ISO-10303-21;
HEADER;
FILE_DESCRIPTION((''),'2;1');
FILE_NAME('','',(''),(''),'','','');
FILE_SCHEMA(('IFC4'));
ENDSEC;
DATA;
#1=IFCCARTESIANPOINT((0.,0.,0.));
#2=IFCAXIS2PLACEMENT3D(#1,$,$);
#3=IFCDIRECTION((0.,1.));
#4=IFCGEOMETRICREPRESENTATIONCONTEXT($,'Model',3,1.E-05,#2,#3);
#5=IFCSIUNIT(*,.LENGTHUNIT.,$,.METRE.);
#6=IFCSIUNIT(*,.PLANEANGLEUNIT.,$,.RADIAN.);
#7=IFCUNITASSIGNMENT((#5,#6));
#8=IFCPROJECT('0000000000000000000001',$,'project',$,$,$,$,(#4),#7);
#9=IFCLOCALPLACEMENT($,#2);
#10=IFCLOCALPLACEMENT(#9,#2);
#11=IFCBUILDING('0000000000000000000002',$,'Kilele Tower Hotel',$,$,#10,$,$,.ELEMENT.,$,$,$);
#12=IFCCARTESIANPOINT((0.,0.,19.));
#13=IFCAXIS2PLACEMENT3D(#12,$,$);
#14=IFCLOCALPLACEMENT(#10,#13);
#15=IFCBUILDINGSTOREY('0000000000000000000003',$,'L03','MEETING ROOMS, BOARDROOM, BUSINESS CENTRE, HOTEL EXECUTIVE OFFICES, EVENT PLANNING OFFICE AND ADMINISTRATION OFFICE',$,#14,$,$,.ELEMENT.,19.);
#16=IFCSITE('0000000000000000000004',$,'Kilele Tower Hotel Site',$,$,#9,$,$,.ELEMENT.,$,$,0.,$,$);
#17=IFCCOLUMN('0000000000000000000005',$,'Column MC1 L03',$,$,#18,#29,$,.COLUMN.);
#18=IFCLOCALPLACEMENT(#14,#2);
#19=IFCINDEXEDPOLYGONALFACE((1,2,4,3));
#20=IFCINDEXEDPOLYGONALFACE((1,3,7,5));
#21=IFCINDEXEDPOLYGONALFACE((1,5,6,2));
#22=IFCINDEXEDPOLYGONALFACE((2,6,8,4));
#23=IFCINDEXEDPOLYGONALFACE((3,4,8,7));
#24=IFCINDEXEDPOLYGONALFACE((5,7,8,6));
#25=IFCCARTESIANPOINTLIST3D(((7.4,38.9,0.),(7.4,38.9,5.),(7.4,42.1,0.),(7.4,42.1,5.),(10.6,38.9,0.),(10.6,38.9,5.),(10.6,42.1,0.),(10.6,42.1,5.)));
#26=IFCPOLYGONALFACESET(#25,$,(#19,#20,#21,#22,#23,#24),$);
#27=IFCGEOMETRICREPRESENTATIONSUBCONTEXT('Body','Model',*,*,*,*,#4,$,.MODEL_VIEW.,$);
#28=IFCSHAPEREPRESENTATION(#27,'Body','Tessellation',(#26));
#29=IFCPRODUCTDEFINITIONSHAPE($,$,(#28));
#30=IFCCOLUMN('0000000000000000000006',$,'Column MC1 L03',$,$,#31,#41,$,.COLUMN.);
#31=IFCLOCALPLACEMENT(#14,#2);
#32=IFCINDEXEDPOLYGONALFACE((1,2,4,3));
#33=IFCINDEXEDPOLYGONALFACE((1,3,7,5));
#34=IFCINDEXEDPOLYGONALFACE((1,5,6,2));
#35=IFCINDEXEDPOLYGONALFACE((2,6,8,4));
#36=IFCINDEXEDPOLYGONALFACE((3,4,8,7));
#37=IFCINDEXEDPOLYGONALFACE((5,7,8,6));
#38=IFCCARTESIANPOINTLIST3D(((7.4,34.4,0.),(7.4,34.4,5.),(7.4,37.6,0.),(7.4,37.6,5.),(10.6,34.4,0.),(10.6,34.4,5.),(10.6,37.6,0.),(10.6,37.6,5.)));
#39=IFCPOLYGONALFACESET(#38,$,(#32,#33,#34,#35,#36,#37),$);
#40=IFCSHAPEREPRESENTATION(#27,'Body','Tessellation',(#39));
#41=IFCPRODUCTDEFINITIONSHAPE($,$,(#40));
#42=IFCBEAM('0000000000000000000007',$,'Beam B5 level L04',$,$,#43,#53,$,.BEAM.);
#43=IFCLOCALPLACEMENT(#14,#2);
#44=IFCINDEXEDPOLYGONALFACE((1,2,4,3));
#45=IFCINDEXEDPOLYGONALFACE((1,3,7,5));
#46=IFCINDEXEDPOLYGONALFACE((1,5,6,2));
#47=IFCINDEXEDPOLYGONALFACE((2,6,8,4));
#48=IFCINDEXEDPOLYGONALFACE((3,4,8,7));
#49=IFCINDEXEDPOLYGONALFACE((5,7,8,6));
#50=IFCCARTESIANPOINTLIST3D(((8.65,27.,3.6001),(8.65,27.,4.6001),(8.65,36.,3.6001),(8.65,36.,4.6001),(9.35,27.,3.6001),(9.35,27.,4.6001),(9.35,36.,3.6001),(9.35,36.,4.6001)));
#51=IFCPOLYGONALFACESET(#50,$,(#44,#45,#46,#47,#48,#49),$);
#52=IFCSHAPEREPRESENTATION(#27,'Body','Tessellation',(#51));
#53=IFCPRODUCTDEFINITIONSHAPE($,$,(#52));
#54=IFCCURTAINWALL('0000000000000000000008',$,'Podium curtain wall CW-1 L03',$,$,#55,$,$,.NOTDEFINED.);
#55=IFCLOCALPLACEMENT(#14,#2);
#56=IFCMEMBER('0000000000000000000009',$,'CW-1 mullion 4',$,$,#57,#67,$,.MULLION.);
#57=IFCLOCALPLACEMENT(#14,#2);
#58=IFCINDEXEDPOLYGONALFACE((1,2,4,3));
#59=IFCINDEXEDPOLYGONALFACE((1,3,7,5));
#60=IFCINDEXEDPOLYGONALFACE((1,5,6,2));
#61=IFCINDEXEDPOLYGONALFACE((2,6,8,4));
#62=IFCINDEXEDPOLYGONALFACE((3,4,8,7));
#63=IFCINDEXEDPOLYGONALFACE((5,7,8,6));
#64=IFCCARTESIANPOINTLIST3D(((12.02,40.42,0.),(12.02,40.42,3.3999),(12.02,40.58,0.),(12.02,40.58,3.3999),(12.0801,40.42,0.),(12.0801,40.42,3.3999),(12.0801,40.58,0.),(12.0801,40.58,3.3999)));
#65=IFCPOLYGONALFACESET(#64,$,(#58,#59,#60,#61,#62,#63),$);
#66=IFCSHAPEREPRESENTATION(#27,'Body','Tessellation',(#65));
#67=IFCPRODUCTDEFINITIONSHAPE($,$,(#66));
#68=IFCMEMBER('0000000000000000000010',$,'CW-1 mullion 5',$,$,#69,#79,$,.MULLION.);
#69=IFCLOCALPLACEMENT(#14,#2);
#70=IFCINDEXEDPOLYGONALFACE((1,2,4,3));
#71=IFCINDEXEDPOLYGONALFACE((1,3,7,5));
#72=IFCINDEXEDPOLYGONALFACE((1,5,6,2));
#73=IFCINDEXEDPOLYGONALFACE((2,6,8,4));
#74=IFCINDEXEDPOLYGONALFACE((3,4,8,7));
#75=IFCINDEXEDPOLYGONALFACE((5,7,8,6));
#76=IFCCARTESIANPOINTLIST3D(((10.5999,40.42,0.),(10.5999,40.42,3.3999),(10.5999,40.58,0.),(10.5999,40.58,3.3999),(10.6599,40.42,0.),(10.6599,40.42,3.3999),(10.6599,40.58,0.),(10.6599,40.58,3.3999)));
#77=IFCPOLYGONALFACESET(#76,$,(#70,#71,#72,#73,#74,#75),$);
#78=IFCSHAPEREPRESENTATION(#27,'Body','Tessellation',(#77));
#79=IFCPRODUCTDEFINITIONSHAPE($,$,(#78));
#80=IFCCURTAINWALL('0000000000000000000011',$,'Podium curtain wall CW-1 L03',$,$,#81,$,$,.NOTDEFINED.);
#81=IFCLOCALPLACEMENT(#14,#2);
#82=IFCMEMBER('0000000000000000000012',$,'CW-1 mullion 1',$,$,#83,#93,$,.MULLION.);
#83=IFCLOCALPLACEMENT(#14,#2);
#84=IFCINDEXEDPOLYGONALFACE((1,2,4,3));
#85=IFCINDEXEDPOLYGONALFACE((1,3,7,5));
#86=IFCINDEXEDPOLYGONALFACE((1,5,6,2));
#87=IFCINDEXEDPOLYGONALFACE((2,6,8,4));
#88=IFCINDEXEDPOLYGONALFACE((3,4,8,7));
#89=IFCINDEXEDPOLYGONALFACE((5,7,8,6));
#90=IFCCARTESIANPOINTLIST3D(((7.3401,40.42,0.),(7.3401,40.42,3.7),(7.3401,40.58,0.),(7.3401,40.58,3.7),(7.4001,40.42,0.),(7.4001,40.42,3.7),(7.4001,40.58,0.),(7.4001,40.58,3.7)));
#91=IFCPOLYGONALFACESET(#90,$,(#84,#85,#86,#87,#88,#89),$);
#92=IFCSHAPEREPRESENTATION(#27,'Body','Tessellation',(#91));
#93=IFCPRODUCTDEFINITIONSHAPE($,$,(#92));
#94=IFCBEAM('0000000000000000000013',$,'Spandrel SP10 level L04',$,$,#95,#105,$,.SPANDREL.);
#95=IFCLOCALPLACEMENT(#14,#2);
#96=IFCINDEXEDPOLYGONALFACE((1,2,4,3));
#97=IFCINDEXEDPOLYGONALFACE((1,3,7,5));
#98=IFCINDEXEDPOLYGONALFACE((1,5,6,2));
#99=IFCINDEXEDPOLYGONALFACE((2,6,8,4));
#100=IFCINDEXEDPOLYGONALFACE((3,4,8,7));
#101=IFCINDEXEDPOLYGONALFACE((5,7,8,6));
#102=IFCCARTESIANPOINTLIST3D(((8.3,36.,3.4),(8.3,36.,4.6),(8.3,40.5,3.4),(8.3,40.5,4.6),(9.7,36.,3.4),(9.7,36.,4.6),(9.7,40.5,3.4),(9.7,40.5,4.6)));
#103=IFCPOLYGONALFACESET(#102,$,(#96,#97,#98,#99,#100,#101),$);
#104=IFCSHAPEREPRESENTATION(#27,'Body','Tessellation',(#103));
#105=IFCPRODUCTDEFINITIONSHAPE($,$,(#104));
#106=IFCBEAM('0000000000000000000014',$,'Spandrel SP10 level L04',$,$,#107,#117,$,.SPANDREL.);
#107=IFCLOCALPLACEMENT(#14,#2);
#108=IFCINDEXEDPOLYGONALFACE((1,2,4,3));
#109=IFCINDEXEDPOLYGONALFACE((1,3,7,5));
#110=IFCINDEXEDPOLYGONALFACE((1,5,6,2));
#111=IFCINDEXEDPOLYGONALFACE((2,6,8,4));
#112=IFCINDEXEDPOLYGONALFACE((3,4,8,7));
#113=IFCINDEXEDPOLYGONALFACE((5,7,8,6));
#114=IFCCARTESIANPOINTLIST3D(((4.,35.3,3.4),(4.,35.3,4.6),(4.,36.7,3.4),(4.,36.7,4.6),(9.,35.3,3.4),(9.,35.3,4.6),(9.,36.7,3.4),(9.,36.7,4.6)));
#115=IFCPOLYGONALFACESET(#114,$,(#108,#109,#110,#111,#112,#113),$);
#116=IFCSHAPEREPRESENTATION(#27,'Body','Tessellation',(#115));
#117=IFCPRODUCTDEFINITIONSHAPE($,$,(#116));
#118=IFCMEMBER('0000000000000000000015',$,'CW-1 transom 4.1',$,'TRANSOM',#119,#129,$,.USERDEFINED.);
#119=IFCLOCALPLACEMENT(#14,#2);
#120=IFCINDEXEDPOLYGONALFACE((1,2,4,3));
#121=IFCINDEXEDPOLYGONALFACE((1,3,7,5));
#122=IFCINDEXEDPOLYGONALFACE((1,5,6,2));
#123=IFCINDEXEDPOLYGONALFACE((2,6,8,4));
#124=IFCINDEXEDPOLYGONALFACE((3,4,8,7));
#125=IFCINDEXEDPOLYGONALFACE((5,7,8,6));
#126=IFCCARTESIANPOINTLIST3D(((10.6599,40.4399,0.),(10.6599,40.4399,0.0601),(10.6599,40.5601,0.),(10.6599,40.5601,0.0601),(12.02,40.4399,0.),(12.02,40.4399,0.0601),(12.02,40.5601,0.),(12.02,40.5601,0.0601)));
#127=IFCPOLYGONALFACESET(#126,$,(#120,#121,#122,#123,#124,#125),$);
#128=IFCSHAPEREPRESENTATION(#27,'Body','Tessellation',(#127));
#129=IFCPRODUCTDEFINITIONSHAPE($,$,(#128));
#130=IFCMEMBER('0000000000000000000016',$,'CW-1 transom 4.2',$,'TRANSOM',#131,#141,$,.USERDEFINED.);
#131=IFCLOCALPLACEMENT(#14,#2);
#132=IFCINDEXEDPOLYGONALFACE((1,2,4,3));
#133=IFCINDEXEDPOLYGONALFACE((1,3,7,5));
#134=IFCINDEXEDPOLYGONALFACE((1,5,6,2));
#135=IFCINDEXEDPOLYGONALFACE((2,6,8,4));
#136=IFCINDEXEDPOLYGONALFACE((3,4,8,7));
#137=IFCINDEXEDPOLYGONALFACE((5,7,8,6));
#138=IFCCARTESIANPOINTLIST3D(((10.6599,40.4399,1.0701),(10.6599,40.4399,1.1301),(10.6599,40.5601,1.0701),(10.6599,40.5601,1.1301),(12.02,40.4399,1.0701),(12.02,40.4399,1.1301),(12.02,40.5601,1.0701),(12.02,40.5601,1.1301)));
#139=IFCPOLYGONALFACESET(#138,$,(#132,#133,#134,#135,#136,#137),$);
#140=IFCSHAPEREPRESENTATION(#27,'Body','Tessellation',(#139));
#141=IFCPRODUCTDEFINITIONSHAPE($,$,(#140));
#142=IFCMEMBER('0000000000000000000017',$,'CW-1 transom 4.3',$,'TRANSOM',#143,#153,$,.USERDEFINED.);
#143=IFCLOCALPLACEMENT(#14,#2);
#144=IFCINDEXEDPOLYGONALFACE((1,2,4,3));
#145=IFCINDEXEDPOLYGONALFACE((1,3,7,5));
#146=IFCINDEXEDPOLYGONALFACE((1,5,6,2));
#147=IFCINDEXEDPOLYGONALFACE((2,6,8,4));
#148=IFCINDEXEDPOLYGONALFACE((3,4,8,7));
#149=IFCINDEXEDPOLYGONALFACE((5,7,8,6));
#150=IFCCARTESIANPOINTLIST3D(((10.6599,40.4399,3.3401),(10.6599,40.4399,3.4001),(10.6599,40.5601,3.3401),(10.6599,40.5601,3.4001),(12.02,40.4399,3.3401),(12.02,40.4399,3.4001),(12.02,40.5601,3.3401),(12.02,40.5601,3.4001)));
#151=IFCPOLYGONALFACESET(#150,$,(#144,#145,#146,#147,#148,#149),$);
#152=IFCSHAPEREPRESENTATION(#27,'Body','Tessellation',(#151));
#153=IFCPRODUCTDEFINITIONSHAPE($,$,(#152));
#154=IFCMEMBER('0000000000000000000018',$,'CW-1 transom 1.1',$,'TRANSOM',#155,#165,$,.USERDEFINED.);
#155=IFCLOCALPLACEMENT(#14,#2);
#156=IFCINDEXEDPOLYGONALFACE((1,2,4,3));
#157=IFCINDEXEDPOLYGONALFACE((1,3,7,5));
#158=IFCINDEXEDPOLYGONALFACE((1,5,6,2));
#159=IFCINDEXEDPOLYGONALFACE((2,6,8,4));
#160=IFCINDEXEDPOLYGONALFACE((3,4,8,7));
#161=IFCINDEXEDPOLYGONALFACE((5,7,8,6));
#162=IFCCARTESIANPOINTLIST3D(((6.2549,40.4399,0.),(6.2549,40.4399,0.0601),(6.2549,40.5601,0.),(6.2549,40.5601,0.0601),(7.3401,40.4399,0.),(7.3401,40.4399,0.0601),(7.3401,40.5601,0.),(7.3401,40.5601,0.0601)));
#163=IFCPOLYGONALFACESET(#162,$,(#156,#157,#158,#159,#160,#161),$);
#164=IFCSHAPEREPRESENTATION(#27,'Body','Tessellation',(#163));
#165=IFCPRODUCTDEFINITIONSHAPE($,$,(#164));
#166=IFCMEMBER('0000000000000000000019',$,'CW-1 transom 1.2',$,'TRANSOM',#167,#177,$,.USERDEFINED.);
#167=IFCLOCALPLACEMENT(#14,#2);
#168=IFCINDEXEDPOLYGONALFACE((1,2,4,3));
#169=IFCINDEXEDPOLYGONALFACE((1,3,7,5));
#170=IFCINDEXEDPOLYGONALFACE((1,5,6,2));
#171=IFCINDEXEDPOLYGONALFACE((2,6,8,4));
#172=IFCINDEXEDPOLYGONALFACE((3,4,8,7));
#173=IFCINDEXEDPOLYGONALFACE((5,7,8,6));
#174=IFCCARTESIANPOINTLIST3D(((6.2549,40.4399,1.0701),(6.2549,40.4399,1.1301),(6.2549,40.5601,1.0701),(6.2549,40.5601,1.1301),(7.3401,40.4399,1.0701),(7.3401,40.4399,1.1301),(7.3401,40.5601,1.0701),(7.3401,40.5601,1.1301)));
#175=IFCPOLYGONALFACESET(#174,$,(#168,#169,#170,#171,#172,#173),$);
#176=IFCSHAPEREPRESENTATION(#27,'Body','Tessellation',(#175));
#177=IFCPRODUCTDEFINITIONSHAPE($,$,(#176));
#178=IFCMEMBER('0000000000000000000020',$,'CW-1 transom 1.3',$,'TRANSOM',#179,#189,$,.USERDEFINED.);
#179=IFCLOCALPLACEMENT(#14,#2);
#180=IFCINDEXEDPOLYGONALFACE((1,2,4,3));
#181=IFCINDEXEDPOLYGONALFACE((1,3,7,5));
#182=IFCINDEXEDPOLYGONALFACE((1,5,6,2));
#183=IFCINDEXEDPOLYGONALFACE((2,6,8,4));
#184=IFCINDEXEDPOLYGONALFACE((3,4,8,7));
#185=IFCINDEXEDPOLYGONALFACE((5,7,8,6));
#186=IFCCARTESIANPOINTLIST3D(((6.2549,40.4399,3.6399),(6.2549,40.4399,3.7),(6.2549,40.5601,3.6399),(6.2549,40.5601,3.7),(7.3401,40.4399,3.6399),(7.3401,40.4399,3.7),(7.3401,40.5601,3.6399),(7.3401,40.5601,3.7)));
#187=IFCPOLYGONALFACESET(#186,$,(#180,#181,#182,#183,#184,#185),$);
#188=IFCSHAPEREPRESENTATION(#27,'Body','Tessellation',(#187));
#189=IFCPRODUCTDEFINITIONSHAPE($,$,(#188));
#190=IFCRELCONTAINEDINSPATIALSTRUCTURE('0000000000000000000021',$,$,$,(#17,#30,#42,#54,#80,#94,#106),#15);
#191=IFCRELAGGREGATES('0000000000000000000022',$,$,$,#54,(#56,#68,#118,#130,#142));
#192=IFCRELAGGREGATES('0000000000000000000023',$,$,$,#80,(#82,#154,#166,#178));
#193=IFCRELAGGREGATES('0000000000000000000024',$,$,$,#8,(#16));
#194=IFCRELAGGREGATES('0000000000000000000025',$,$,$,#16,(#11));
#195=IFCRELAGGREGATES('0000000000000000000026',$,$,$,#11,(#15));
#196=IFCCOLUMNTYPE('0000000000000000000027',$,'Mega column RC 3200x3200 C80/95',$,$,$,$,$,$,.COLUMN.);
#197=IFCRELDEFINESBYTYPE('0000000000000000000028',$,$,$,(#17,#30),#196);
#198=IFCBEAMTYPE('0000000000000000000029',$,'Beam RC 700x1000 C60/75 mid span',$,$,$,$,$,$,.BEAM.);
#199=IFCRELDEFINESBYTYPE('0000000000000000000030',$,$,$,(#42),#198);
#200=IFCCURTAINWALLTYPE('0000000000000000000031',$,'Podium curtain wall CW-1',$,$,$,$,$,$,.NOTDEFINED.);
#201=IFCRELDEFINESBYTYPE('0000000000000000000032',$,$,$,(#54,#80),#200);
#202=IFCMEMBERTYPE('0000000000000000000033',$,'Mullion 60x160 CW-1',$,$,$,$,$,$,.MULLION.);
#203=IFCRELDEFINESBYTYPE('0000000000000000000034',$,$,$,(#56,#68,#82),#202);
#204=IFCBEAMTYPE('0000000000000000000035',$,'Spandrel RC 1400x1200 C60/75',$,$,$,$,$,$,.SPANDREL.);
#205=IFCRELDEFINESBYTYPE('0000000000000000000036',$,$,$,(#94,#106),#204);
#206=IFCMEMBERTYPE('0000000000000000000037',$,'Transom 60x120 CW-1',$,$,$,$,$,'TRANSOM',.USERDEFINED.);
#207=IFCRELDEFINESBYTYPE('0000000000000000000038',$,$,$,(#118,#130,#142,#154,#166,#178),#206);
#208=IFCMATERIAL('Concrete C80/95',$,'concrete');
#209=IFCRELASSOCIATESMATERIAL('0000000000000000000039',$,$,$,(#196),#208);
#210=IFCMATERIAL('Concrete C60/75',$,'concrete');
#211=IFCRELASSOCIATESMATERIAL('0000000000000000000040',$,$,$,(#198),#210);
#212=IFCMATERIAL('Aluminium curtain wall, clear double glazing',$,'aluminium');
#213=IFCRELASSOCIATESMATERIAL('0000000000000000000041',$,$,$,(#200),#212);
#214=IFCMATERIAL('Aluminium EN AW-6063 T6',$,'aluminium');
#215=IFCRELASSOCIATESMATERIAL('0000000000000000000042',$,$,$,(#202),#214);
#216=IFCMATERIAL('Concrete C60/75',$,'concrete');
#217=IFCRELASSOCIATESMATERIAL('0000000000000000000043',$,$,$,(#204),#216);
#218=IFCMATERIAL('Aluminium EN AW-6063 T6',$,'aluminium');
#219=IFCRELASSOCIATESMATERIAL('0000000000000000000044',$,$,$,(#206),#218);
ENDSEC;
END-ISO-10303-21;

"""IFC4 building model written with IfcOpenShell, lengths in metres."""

from ifc_helpers import new_model, si_unit, direction, frame, origin, origin_2d, place, context, subcontext, project, spatial, rectangle, extrude, material, material_profile, profile_set, type_object, element, aggregate, save


model = new_model("IFC4")

# Units and contexts
model_context = context("Model", 3, precision=1e-05, world=origin(), true_north=direction((0.0, 1.0)))
body_context = subcontext(model_context, "Body", "Model", "MODEL_VIEW")
ifc_project = project(units=[si_unit("LENGTHUNIT", "METRE"), si_unit("PLANEANGLEUNIT", "RADIAN")], contexts=[model_context])

# Site, building, storey
site_placement = place(None, origin())
site = spatial("IfcSite", under=ifc_project, at=site_placement, Name="Kilele Tower Hotel Site", CompositionType="ELEMENT", RefElevation=0.0)
building_placement = place(site_placement, origin())
building = spatial("IfcBuilding", under=site, at=building_placement, Name="Kilele Tower Hotel", CompositionType="ELEMENT")
storey_placement = place(building_placement, frame((0.0, 0.0, 19.0)))
storey = spatial("IfcBuildingStorey", under=building, at=storey_placement, Name="L03", Description="MEETING ROOMS, BOARDROOM, BUSINESS CENTRE, HOTEL EXECUTIVE OFFICES, EVENT PLANNING OFFICE AND ADMINISTRATION OFFICE", CompositionType="ELEMENT", Elevation=19.0)

# Columns
ifc_material_1 = material(Name="Concrete C80/95", Category="concrete")
ifc_material_profile_1 = material_profile(ifc_material_1, rectangle(XDim=3.2, YDim=3.2, at=origin_2d()))
ifc_profile_set_1 = profile_set([ifc_material_profile_1], Name="Concrete C80/95")
column_type = type_object("IfcColumnType", Name="Mega column RC 3200x3200 C80/95", PredefinedType="COLUMN", material=ifc_profile_set_1)
for number, where, z_axis, x_axis, name in (
    (1, (9.0, 40.5, 0.0), (0.0, 0.0, 1.0), (1.0, 0.0, 0.0), "Column MC1 L03"),
    (2, (9.0, 36.0, 0.0), (0.0, 0.0, 1.0), (1.0, 0.0, 0.0), "Column MC1 L03"),
):
    element("IfcColumn", number, at=place(storey_placement, frame(where, z_axis=z_axis, x_axis=x_axis)), inside=storey, type_object=column_type, Name=name, PredefinedType="COLUMN", context=body_context, shape_type="SweptSolid", body=[
        extrude(rectangle(XDim=3.2, YDim=3.2, at=origin_2d()), origin(), (0.0, 0.0, 1.0), 5.0),
    ])

# Beam
ifc_material_2 = material(Name="Concrete C60/75", Category="concrete")
ifc_material_profile_2 = material_profile(ifc_material_2, rectangle(XDim=0.7, YDim=1.0, at=origin_2d()))
ifc_profile_set_2 = profile_set([ifc_material_profile_2], Name="Concrete C60/75")
beam_type_1 = type_object("IfcBeamType", Name="Beam RC 700x1000 C60/75 mid span", PredefinedType="BEAM", material=ifc_profile_set_2)
beam_1_placement = place(storey_placement, frame((9.0, 36.0, 4.1001), z_axis=(0.0, -1.0, 0.0), x_axis=(1.0, 0.0, 0.0)))
element("IfcBeam", 3, at=beam_1_placement, inside=storey, type_object=beam_type_1, Name="Beam B5 level L04", PredefinedType="BEAM", context=body_context, shape_type="SweptSolid", body=[
    extrude(rectangle(XDim=0.7, YDim=1.0, at=origin_2d()), origin(), (0.0, 0.0, 1.0), 9.0),
])

# Curtain wall, members
ifc_material_3 = material(Name="Aluminium curtain wall, clear double glazing", Category="aluminium")
curtain_wall_type = type_object("IfcCurtainWallType", Name="Podium curtain wall CW-1", PredefinedType="NOTDEFINED", material=ifc_material_3)
curtain_wall_1_placement = place(storey_placement, origin())
curtain_wall_1 = element("IfcCurtainWall", 4, at=curtain_wall_1_placement, inside=storey, type_object=curtain_wall_type, Name="Podium curtain wall CW-1 L03", PredefinedType="NOTDEFINED")
ifc_material_4 = material(Name="Aluminium EN AW-6063 T6", Category="aluminium")
ifc_material_profile_3 = material_profile(ifc_material_4, rectangle(XDim=0.1599, YDim=0.0601, at=origin_2d()))
ifc_profile_set_3 = profile_set([ifc_material_profile_3], Name="Aluminium EN AW-6063 T6")
member_type_1 = type_object("IfcMemberType", Name="Mullion 60x160 CW-1", PredefinedType="MULLION", material=ifc_profile_set_3)
member_1_placement = place(storey_placement, frame((12.05, 40.5, 0.0), z_axis=(0.0, 0.0, 1.0), x_axis=(0.0, -1.0, 0.0)))
member_1 = element("IfcMember", 5, at=member_1_placement, type_object=member_type_1, Name="CW-1 mullion 4", PredefinedType="MULLION", context=body_context, shape_type="SweptSolid", body=[
    extrude(rectangle(XDim=0.1599, YDim=0.0601, at=origin_2d()), origin(), (0.0, 0.0, 1.0), 3.3999),
])
member_2_placement = place(storey_placement, frame((10.6299, 40.5, 0.0), z_axis=(0.0, 0.0, 1.0), x_axis=(0.0, -1.0, 0.0)))
member_2 = element("IfcMember", 6, at=member_2_placement, type_object=member_type_1, Name="CW-1 mullion 5", PredefinedType="MULLION", context=body_context, shape_type="SweptSolid", body=[
    extrude(rectangle(XDim=0.1599, YDim=0.0601, at=origin_2d()), origin(), (0.0, 0.0, 1.0), 3.3999),
])

# Curtain wall, member
curtain_wall_2_placement = place(storey_placement, origin())
curtain_wall_2 = element("IfcCurtainWall", 7, at=curtain_wall_2_placement, inside=storey, type_object=curtain_wall_type, Name="Podium curtain wall CW-1 L03", PredefinedType="NOTDEFINED")
member_3_placement = place(storey_placement, frame((7.3701, 40.5, 0.0), z_axis=(0.0, 0.0, 1.0), x_axis=(0.0, -1.0, 0.0)))
member_3 = element("IfcMember", 8, at=member_3_placement, type_object=member_type_1, Name="CW-1 mullion 1", PredefinedType="MULLION", context=body_context, shape_type="SweptSolid", body=[
    extrude(rectangle(XDim=0.1599, YDim=0.0601, at=origin_2d()), origin(), (0.0, 0.0, 1.0), 3.7),
])

# Beams
ifc_material_5 = material(Name="Concrete C60/75", Category="concrete")
ifc_material_profile_4 = material_profile(ifc_material_5, rectangle(XDim=1.3999, YDim=1.2, at=origin_2d()))
ifc_profile_set_4 = profile_set([ifc_material_profile_4], Name="Concrete C60/75")
beam_type_2 = type_object("IfcBeamType", Name="Spandrel RC 1400x1200 C60/75", PredefinedType="SPANDREL", material=ifc_profile_set_4)
beam_2_placement = place(storey_placement, frame((9.0, 40.5, 4.0), z_axis=(0.0, -1.0, 0.0), x_axis=(1.0, 0.0, 0.0)))
element("IfcBeam", 9, at=beam_2_placement, inside=storey, type_object=beam_type_2, Name="Spandrel SP10 level L04", PredefinedType="SPANDREL", context=body_context, shape_type="SweptSolid", body=[
    extrude(rectangle(XDim=1.3999, YDim=1.2, at=origin_2d()), origin(), (0.0, 0.0, 1.0), 4.5),
])
beam_3_placement = place(storey_placement, frame((9.0, 36.0, 4.0), z_axis=(-1.0, 0.0, 0.0), x_axis=(0.0, -1.0, 0.0)))
element("IfcBeam", 10, at=beam_3_placement, inside=storey, type_object=beam_type_2, Name="Spandrel SP10 level L04", PredefinedType="SPANDREL", context=body_context, shape_type="SweptSolid", body=[
    extrude(rectangle(XDim=1.3999, YDim=1.2, at=origin_2d()), origin(), (0.0, 0.0, 1.0), 5.0),
])

# Members
ifc_material_6 = material(Name="Aluminium EN AW-6063 T6", Category="aluminium")
ifc_material_profile_5 = material_profile(ifc_material_6, rectangle(XDim=0.1201, YDim=0.0601, at=origin_2d()))
ifc_profile_set_5 = profile_set([ifc_material_profile_5], Name="Aluminium EN AW-6063 T6")
member_type_2 = type_object("IfcMemberType", Name="Transom 60x120 CW-1", ElementType="TRANSOM", PredefinedType="USERDEFINED", material=ifc_profile_set_5)
member_4_placement = place(storey_placement, frame((12.02, 40.5, 0.03), z_axis=(-1.0, 0.0, 0.0), x_axis=(0.0, -1.0, 0.0)))
member_4 = element("IfcMember", 11, at=member_4_placement, type_object=member_type_2, Name="CW-1 transom 4.1", ObjectType="TRANSOM", PredefinedType="USERDEFINED", context=body_context, shape_type="SweptSolid", body=[
    extrude(rectangle(XDim=0.1201, YDim=0.0601, at=origin_2d()), origin(), (0.0, 0.0, 1.0), 1.3601),
])
member_5_placement = place(storey_placement, frame((12.02, 40.5, 1.1001), z_axis=(-1.0, 0.0, 0.0), x_axis=(0.0, -1.0, 0.0)))
member_5 = element("IfcMember", 12, at=member_5_placement, type_object=member_type_2, Name="CW-1 transom 4.2", ObjectType="TRANSOM", PredefinedType="USERDEFINED", context=body_context, shape_type="SweptSolid", body=[
    extrude(rectangle(XDim=0.1201, YDim=0.0601, at=origin_2d()), origin(), (0.0, 0.0, 1.0), 1.3601),
])
member_6_placement = place(storey_placement, frame((12.02, 40.5, 3.3701), z_axis=(-1.0, 0.0, 0.0), x_axis=(0.0, -1.0, 0.0)))
member_6 = element("IfcMember", 13, at=member_6_placement, type_object=member_type_2, Name="CW-1 transom 4.3", ObjectType="TRANSOM", PredefinedType="USERDEFINED", context=body_context, shape_type="SweptSolid", body=[
    extrude(rectangle(XDim=0.1201, YDim=0.0601, at=origin_2d()), origin(), (0.0, 0.0, 1.0), 1.3601),
])
member_7_placement = place(storey_placement, frame((7.3401, 40.5, 0.03), z_axis=(-1.0, 0.0, 0.0), x_axis=(0.0, -1.0, 0.0)))
member_7 = element("IfcMember", 14, at=member_7_placement, type_object=member_type_2, Name="CW-1 transom 1.1", ObjectType="TRANSOM", PredefinedType="USERDEFINED", context=body_context, shape_type="SweptSolid", body=[
    extrude(rectangle(XDim=0.1201, YDim=0.0601, at=origin_2d()), origin(), (0.0, 0.0, 1.0), 1.0852),
])
member_8_placement = place(storey_placement, frame((7.3401, 40.5, 1.1001), z_axis=(-1.0, 0.0, 0.0), x_axis=(0.0, -1.0, 0.0)))
member_8 = element("IfcMember", 15, at=member_8_placement, type_object=member_type_2, Name="CW-1 transom 1.2", ObjectType="TRANSOM", PredefinedType="USERDEFINED", context=body_context, shape_type="SweptSolid", body=[
    extrude(rectangle(XDim=0.1201, YDim=0.0601, at=origin_2d()), origin(), (0.0, 0.0, 1.0), 1.0852),
])
member_9_placement = place(storey_placement, frame((7.3401, 40.5, 3.6699), z_axis=(-1.0, 0.0, 0.0), x_axis=(0.0, -1.0, 0.0)))
member_9 = element("IfcMember", 16, at=member_9_placement, type_object=member_type_2, Name="CW-1 transom 1.3", ObjectType="TRANSOM", PredefinedType="USERDEFINED", context=body_context, shape_type="SweptSolid", body=[
    extrude(rectangle(XDim=0.1201, YDim=0.0601, at=origin_2d()), origin(), (0.0, 0.0, 1.0), 1.0852),
])

aggregate(curtain_wall_1, [member_1, member_2, member_4, member_5, member_6])
aggregate(curtain_wall_2, [member_3, member_7, member_8, member_9])

save(model, "model.ifc")
